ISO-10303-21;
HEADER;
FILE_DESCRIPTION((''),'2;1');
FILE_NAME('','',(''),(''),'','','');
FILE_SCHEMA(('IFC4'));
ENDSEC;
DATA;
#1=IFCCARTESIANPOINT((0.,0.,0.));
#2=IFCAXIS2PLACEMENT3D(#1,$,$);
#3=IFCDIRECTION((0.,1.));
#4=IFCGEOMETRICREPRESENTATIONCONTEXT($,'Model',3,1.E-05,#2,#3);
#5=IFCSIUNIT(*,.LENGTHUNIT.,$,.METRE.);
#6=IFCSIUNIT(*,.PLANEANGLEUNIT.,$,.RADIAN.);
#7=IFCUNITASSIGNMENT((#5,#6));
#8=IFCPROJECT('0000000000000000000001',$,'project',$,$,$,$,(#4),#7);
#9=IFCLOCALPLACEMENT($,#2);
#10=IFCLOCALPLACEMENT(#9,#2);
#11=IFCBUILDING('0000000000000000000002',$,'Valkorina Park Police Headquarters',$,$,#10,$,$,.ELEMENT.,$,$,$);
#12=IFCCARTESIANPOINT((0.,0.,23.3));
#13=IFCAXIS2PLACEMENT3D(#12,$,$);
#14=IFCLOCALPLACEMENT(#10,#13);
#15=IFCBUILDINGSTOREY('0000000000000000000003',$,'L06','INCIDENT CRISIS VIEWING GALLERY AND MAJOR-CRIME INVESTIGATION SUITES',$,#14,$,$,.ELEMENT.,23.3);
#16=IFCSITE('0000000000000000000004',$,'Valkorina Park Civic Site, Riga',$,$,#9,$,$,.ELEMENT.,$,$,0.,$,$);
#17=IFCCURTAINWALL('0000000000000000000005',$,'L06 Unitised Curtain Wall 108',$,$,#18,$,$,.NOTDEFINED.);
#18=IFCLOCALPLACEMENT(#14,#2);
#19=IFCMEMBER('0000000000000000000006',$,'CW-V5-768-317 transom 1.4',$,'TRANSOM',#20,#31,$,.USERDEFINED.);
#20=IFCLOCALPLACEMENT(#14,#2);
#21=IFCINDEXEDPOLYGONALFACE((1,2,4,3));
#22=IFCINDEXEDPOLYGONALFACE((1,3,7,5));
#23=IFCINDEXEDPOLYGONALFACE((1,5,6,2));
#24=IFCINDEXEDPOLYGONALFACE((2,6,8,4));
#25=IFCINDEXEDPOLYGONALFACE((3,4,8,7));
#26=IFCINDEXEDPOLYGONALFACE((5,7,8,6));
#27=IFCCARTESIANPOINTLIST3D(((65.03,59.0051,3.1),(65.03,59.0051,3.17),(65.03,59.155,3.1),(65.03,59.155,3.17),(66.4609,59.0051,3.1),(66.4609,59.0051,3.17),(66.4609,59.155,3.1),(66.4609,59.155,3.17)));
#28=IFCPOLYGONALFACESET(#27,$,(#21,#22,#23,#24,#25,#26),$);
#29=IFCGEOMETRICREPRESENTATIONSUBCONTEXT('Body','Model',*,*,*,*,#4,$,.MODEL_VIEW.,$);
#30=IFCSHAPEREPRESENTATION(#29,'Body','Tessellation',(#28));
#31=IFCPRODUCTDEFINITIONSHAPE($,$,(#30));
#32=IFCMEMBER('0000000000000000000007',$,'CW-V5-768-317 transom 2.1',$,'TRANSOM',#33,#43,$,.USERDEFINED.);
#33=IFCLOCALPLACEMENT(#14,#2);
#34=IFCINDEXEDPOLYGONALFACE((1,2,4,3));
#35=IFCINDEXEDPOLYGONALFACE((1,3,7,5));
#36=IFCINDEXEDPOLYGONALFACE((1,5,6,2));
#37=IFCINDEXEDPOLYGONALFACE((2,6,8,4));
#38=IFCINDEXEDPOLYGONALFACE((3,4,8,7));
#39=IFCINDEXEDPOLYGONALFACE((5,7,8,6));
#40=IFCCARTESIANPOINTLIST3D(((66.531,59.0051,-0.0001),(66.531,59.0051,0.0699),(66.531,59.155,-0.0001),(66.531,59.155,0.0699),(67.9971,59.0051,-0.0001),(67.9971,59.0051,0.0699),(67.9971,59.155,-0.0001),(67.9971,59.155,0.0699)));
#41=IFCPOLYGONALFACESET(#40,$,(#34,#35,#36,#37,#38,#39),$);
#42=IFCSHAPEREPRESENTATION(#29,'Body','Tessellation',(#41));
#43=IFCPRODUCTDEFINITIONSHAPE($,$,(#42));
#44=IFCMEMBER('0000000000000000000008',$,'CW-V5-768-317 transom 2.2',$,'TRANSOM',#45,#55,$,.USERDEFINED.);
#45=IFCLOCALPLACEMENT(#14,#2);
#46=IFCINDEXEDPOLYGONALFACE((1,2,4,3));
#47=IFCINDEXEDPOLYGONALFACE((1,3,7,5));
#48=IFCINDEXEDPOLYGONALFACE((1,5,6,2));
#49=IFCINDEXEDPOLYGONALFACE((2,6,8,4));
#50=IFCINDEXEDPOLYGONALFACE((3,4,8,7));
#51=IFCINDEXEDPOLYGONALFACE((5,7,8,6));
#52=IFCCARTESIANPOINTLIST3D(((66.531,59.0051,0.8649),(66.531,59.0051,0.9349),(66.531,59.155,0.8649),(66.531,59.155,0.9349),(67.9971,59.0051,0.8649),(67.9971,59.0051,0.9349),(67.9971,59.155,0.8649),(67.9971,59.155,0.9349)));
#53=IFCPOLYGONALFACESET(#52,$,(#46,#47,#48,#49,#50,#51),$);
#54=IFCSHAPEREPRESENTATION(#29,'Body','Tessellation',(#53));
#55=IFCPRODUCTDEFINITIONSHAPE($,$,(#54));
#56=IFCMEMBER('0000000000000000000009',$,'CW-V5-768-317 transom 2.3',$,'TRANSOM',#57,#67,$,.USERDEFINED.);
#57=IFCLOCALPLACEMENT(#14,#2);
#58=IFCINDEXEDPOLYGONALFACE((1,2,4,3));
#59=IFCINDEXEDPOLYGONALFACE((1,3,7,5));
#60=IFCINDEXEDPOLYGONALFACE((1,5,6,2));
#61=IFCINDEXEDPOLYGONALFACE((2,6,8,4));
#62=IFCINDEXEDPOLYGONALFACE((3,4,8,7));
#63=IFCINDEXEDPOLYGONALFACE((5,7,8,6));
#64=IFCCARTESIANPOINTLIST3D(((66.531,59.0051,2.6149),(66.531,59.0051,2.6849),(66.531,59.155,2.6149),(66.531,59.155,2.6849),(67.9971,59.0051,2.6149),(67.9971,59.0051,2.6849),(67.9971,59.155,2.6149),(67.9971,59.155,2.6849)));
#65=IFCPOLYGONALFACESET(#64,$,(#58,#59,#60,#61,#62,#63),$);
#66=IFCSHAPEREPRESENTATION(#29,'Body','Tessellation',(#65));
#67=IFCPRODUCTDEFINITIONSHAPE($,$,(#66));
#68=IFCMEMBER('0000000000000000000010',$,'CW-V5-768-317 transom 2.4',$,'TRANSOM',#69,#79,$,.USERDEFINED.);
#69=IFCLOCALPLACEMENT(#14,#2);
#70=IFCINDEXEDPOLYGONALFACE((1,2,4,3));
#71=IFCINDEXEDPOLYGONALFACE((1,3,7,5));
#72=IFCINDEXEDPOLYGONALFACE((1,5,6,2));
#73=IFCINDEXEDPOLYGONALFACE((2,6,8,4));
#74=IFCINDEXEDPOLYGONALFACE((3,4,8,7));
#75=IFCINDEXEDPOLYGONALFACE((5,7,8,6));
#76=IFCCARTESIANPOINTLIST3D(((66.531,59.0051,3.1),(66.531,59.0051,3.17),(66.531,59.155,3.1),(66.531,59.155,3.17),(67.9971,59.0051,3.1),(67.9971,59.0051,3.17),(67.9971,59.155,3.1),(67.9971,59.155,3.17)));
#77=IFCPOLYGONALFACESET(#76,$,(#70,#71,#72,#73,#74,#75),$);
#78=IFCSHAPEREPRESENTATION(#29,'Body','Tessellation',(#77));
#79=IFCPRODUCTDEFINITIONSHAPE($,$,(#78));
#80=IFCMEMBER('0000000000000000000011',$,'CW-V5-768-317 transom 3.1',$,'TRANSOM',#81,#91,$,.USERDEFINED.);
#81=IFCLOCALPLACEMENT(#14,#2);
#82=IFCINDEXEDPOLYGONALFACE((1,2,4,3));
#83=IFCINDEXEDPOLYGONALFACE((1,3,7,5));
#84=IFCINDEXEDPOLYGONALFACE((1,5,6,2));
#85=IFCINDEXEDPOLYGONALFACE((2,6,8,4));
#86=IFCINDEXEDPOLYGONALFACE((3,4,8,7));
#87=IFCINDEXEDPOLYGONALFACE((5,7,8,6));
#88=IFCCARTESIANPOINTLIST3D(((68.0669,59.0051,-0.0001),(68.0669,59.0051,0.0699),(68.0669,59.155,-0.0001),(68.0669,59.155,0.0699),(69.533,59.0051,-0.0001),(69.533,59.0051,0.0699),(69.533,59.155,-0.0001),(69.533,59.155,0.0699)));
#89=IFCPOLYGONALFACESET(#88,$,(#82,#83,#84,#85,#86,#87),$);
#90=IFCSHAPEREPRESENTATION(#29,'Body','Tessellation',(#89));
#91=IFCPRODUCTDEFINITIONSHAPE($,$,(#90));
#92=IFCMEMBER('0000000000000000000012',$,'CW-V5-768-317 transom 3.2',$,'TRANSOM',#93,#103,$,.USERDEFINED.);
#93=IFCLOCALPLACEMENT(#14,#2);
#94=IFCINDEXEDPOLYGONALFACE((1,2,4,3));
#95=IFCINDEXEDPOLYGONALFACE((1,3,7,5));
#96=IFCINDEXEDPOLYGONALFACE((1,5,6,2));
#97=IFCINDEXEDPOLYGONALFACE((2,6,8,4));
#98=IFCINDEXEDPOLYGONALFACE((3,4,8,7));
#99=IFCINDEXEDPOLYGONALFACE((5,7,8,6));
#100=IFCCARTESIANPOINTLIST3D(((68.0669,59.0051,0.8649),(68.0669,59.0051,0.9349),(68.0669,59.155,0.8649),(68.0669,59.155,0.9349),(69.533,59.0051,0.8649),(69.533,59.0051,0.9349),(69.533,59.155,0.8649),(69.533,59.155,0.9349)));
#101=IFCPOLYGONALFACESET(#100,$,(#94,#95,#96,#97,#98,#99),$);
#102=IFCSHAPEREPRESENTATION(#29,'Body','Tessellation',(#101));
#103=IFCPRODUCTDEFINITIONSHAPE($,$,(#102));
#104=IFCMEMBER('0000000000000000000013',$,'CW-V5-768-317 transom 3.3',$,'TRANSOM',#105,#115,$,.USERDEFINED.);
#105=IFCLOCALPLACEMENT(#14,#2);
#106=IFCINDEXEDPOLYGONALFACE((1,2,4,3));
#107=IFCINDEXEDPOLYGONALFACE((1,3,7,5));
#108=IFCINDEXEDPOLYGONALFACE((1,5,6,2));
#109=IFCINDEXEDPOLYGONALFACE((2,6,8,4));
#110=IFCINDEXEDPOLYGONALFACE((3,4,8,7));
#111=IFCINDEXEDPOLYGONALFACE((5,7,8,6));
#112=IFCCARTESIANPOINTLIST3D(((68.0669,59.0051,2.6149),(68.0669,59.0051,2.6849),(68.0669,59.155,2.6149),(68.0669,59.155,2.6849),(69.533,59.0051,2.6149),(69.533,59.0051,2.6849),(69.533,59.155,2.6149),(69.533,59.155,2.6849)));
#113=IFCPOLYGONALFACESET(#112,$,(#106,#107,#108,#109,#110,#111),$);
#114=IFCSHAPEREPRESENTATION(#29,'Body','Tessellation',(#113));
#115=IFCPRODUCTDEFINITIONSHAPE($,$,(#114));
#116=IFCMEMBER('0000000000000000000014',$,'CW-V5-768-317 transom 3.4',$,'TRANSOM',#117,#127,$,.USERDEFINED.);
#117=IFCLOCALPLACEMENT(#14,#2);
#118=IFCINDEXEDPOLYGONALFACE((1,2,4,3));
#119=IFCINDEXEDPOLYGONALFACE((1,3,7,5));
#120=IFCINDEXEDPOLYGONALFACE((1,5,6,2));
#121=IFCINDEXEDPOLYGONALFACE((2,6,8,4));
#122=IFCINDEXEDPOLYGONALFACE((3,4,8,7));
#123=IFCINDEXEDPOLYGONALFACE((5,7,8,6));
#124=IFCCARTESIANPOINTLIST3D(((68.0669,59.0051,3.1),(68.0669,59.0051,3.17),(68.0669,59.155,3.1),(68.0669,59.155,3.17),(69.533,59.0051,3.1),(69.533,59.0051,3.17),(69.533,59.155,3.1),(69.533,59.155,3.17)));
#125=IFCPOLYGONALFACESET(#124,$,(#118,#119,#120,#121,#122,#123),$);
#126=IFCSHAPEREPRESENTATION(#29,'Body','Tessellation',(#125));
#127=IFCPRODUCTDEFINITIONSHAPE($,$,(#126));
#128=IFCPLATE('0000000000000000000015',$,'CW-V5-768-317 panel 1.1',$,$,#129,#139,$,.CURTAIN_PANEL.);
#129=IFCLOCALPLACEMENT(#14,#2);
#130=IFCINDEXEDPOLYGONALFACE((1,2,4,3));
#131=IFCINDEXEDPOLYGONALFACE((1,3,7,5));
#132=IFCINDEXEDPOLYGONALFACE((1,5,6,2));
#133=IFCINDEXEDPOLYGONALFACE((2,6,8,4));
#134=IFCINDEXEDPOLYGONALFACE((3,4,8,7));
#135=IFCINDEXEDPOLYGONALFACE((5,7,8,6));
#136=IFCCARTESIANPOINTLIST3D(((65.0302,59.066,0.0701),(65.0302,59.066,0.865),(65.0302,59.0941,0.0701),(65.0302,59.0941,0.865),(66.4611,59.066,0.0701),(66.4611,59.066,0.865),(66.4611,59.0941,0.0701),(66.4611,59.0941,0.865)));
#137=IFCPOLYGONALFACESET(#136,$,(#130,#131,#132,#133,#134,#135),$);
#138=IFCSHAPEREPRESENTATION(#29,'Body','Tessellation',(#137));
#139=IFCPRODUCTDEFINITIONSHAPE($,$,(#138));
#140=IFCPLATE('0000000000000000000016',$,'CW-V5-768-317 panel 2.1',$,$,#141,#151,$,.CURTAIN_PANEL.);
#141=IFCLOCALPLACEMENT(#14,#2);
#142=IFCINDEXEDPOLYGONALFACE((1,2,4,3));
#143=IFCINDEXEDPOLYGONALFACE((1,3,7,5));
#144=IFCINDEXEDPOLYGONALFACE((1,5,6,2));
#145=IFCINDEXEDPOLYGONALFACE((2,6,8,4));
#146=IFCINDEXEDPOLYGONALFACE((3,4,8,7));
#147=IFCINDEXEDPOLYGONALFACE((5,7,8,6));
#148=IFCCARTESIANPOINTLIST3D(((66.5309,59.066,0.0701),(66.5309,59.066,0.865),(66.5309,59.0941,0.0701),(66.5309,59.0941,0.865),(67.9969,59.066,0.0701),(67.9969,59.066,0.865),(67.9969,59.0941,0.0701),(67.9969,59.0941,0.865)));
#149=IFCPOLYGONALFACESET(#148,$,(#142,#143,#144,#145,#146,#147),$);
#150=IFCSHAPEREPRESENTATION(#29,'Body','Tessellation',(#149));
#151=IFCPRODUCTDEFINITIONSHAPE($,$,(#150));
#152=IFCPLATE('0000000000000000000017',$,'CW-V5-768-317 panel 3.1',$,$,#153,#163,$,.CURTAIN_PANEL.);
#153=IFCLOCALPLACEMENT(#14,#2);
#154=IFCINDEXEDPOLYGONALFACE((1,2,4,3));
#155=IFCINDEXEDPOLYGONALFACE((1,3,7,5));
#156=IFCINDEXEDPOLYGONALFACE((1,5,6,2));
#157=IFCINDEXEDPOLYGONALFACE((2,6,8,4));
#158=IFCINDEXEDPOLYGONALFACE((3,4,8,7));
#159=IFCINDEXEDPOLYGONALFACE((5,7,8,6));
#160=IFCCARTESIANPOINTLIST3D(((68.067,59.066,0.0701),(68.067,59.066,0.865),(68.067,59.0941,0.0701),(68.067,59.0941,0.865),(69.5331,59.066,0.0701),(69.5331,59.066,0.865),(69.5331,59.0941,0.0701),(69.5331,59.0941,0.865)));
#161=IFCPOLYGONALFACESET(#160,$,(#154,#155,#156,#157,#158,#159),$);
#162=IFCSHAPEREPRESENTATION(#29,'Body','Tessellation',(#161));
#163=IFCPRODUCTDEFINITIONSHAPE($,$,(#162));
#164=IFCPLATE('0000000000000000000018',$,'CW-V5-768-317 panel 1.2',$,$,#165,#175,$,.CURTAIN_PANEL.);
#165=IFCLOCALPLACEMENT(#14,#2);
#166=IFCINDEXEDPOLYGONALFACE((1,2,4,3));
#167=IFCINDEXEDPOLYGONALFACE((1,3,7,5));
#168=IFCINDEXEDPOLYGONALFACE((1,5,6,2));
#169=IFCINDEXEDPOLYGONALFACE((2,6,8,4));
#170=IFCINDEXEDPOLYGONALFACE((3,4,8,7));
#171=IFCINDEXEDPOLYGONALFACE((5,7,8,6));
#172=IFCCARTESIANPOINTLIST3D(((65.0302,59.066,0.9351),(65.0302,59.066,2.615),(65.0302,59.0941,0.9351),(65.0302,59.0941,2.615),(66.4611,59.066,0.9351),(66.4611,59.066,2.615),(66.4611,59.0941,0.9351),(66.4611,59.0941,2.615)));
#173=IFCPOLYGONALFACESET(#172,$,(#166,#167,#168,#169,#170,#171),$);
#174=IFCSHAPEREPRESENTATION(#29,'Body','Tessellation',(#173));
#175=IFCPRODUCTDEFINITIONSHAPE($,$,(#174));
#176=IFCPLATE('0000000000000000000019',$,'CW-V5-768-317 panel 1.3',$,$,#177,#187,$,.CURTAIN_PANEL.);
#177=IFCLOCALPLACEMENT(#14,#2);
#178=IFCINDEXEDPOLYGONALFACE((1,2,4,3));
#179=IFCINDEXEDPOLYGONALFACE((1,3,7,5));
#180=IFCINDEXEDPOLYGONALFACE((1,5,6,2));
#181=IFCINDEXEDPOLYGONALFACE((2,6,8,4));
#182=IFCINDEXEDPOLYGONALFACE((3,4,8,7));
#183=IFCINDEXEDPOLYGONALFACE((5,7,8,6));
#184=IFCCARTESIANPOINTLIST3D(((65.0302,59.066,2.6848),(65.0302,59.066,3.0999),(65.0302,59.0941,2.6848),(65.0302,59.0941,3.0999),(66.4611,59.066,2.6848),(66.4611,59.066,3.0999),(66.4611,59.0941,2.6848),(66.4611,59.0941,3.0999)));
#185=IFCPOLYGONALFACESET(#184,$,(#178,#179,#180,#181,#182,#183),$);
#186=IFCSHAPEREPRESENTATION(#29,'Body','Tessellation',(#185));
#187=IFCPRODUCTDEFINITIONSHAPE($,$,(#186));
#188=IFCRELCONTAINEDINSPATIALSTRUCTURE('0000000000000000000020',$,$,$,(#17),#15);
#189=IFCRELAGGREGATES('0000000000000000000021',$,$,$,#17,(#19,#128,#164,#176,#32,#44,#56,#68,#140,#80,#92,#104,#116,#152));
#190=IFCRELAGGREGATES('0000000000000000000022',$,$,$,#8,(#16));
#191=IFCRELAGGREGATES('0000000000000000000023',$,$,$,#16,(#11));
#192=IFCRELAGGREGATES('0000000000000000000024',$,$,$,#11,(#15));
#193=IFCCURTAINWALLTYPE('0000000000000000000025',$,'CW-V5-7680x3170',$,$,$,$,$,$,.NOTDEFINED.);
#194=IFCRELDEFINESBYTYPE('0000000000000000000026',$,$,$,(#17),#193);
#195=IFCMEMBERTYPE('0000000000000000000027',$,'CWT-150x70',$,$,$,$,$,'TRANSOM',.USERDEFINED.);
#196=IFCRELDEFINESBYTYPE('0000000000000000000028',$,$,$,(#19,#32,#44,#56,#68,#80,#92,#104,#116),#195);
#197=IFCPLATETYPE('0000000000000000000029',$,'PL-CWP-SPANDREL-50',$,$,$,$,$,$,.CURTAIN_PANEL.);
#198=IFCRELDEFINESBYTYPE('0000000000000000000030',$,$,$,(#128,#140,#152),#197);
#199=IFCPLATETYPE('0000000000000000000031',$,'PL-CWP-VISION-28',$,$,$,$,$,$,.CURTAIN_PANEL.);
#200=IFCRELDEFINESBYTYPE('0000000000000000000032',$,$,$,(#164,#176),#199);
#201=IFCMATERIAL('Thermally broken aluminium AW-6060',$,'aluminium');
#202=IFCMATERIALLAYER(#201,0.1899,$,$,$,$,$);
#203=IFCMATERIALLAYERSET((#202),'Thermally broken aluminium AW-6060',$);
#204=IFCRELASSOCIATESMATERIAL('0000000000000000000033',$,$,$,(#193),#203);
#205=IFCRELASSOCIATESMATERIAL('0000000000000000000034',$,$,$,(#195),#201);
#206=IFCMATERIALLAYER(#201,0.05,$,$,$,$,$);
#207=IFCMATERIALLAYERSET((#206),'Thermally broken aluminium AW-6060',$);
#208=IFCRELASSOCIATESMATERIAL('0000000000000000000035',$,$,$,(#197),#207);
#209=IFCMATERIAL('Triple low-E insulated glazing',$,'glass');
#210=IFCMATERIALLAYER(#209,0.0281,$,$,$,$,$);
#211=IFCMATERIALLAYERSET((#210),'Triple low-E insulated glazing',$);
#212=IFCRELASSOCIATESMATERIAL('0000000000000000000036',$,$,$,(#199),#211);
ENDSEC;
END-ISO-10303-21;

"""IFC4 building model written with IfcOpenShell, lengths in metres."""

from ifc_helpers import new_model, si_unit, direction, frame, origin, origin_2d, place, context, subcontext, project, spatial, rectangle, extrude, material, layer, layer_set, material_profile, profile_set, type_object, element, aggregate, save


model = new_model("IFC4")

# Units and contexts
model_context = context("Model", 3, precision=1e-05, world=origin(), true_north=direction((0.0, 1.0)))
body_context = subcontext(model_context, "Body", "Model", "MODEL_VIEW")
ifc_project = project(units=[si_unit("LENGTHUNIT", "METRE"), si_unit("PLANEANGLEUNIT", "RADIAN")], contexts=[model_context])

# Site, building, storey
site_placement = place(None, origin())
site = spatial("IfcSite", under=ifc_project, at=site_placement, Name="Valkorina Park Civic Site, Riga", CompositionType="ELEMENT", RefElevation=0.0)
building_placement = place(site_placement, origin())
building = spatial("IfcBuilding", under=site, at=building_placement, Name="Valkorina Park Police Headquarters", CompositionType="ELEMENT")
storey_placement = place(building_placement, frame((0.0, 0.0, 23.3)))
storey = spatial("IfcBuildingStorey", under=building, at=storey_placement, Name="L06", Description="INCIDENT CRISIS VIEWING GALLERY AND MAJOR-CRIME INVESTIGATION SUITES", CompositionType="ELEMENT", Elevation=23.3)

# Shared definitions
ifc_material_1 = material(Name="Thermally broken aluminium AW-6060", Category="aluminium")
ifc_layer_1 = layer(ifc_material_1, 0.1899)
ifc_layer_set_1 = layer_set([ifc_layer_1], Name="Thermally broken aluminium AW-6060")
curtain_wall_type = type_object("IfcCurtainWallType", Name="CW-V5-7680x3170", PredefinedType="NOTDEFINED", material=ifc_layer_set_1)

# Curtain wall, members, plates
curtain_wall_1_placement = place(storey_placement, origin())
curtain_wall_1 = element("IfcCurtainWall", 1, at=curtain_wall_1_placement, inside=storey, type_object=curtain_wall_type, Name="L06 Unitised Curtain Wall 108", PredefinedType="NOTDEFINED")
ifc_material_profile_1 = material_profile(ifc_material_1, rectangle(XDim=0.1499, YDim=0.0701, at=origin_2d()), Name="CWT-02 150x70")
ifc_profile_set_1 = profile_set([ifc_material_profile_1], Name="Thermally broken aluminium AW-6060")
member_type_1 = type_object("IfcMemberType", Name="CWT-150x70", ElementType="TRANSOM", PredefinedType="USERDEFINED", material=ifc_profile_set_1)
member_1_placement = place(storey_placement, frame((65.03, 59.0801, 3.135), z_axis=(1.0, 0.0, 0.0), x_axis=(0.0, 1.0, 0.0)))
member_1 = element("IfcMember", 2, at=member_1_placement, type_object=member_type_1, Name="CW-V5-768-317 transom 1.4", ObjectType="TRANSOM", PredefinedType="USERDEFINED", context=body_context, shape_type="SweptSolid", body=[
    extrude(rectangle(XDim=0.1499, YDim=0.0701, at=origin_2d()), origin(), (0.0, 0.0, 1.0), 1.4309),
])
member_2_placement = place(storey_placement, frame((66.531, 59.0801, 0.0349), z_axis=(1.0, 0.0, 0.0), x_axis=(0.0, 1.0, 0.0)))
member_2 = element("IfcMember", 3, at=member_2_placement, type_object=member_type_1, Name="CW-V5-768-317 transom 2.1", ObjectType="TRANSOM", PredefinedType="USERDEFINED", context=body_context, shape_type="SweptSolid", body=[
    extrude(rectangle(XDim=0.1499, YDim=0.0701, at=origin_2d()), origin(), (0.0, 0.0, 1.0), 1.4661),
])
member_3_placement = place(storey_placement, frame((66.531, 59.0801, 0.8999), z_axis=(1.0, 0.0, 0.0), x_axis=(0.0, 1.0, 0.0)))
member_3 = element("IfcMember", 4, at=member_3_placement, type_object=member_type_1, Name="CW-V5-768-317 transom 2.2", ObjectType="TRANSOM", PredefinedType="USERDEFINED", context=body_context, shape_type="SweptSolid", body=[
    extrude(rectangle(XDim=0.1499, YDim=0.0701, at=origin_2d()), origin(), (0.0, 0.0, 1.0), 1.4661),
])
member_4_placement = place(storey_placement, frame((66.531, 59.0801, 2.6499), z_axis=(1.0, 0.0, 0.0), x_axis=(0.0, 1.0, 0.0)))
member_4 = element("IfcMember", 5, at=member_4_placement, type_object=member_type_1, Name="CW-V5-768-317 transom 2.3", ObjectType="TRANSOM", PredefinedType="USERDEFINED", context=body_context, shape_type="SweptSolid", body=[
    extrude(rectangle(XDim=0.1499, YDim=0.0701, at=origin_2d()), origin(), (0.0, 0.0, 1.0), 1.4661),
])
member_5_placement = place(storey_placement, frame((66.531, 59.0801, 3.135), z_axis=(1.0, 0.0, 0.0), x_axis=(0.0, 1.0, 0.0)))
member_5 = element("IfcMember", 6, at=member_5_placement, type_object=member_type_1, Name="CW-V5-768-317 transom 2.4", ObjectType="TRANSOM", PredefinedType="USERDEFINED", context=body_context, shape_type="SweptSolid", body=[
    extrude(rectangle(XDim=0.1499, YDim=0.0701, at=origin_2d()), origin(), (0.0, 0.0, 1.0), 1.4661),
])
member_6_placement = place(storey_placement, frame((68.0669, 59.0801, 0.0349), z_axis=(1.0, 0.0, 0.0), x_axis=(0.0, 1.0, 0.0)))
member_6 = element("IfcMember", 7, at=member_6_placement, type_object=member_type_1, Name="CW-V5-768-317 transom 3.1", ObjectType="TRANSOM", PredefinedType="USERDEFINED", context=body_context, shape_type="SweptSolid", body=[
    extrude(rectangle(XDim=0.1499, YDim=0.0701, at=origin_2d()), origin(), (0.0, 0.0, 1.0), 1.4661),
])
member_7_placement = place(storey_placement, frame((68.0669, 59.0801, 0.8999), z_axis=(1.0, 0.0, 0.0), x_axis=(0.0, 1.0, 0.0)))
member_7 = element("IfcMember", 8, at=member_7_placement, type_object=member_type_1, Name="CW-V5-768-317 transom 3.2", ObjectType="TRANSOM", PredefinedType="USERDEFINED", context=body_context, shape_type="SweptSolid", body=[
    extrude(rectangle(XDim=0.1499, YDim=0.0701, at=origin_2d()), origin(), (0.0, 0.0, 1.0), 1.4661),
])
member_8_placement = place(storey_placement, frame((68.0669, 59.0801, 2.6499), z_axis=(1.0, 0.0, 0.0), x_axis=(0.0, 1.0, 0.0)))
member_8 = element("IfcMember", 9, at=member_8_placement, type_object=member_type_1, Name="CW-V5-768-317 transom 3.3", ObjectType="TRANSOM", PredefinedType="USERDEFINED", context=body_context, shape_type="SweptSolid", body=[
    extrude(rectangle(XDim=0.1499, YDim=0.0701, at=origin_2d()), origin(), (0.0, 0.0, 1.0), 1.4661),
])
member_9_placement = place(storey_placement, frame((68.0669, 59.0801, 3.135), z_axis=(1.0, 0.0, 0.0), x_axis=(0.0, 1.0, 0.0)))
member_9 = element("IfcMember", 10, at=member_9_placement, type_object=member_type_1, Name="CW-V5-768-317 transom 3.4", ObjectType="TRANSOM", PredefinedType="USERDEFINED", context=body_context, shape_type="SweptSolid", body=[
    extrude(rectangle(XDim=0.1499, YDim=0.0701, at=origin_2d()), origin(), (0.0, 0.0, 1.0), 1.4661),
])
ifc_layer_2 = layer(ifc_material_1, 0.05)
ifc_layer_set_2 = layer_set([ifc_layer_2], Name="Thermally broken aluminium AW-6060")
plate_type_1 = type_object("IfcPlateType", Name="PL-CWP-SPANDREL-50", PredefinedType="CURTAIN_PANEL", material=ifc_layer_set_2)
plate_1_placement = place(storey_placement, frame((65.7456, 59.0801, 0.0701), z_axis=(0.0, 0.0, 1.0), x_axis=(1.0, 0.0, 0.0)))
plate_1 = element("IfcPlate", 11, at=plate_1_placement, type_object=plate_type_1, Name="CW-V5-768-317 panel 1.1", PredefinedType="CURTAIN_PANEL", context=body_context, shape_type="SweptSolid", body=[
    extrude(rectangle(XDim=1.4309, YDim=0.0281, at=origin_2d()), origin(), (0.0, 0.0, 1.0), 0.7949),
])
plate_2_placement = place(storey_placement, frame((67.2639, 59.0801, 0.0701), z_axis=(0.0, 0.0, 1.0), x_axis=(1.0, 0.0, 0.0)))
plate_2 = element("IfcPlate", 12, at=plate_2_placement, type_object=plate_type_1, Name="CW-V5-768-317 panel 2.1", PredefinedType="CURTAIN_PANEL", context=body_context, shape_type="SweptSolid", body=[
    extrude(rectangle(XDim=1.4661, YDim=0.0281, at=origin_2d()), origin(), (0.0, 0.0, 1.0), 0.7949),
])
plate_3_placement = place(storey_placement, frame((68.8, 59.0801, 0.0701), z_axis=(0.0, 0.0, 1.0), x_axis=(1.0, 0.0, 0.0)))
plate_3 = element("IfcPlate", 13, at=plate_3_placement, type_object=plate_type_1, Name="CW-V5-768-317 panel 3.1", PredefinedType="CURTAIN_PANEL", context=body_context, shape_type="SweptSolid", body=[
    extrude(rectangle(XDim=1.4661, YDim=0.0281, at=origin_2d()), origin(), (0.0, 0.0, 1.0), 0.7949),
])
ifc_material_2 = material(Name="Triple low-E insulated glazing", Category="glass")
ifc_layer_3 = layer(ifc_material_2, 0.0281)
ifc_layer_set_3 = layer_set([ifc_layer_3], Name="Triple low-E insulated glazing")
plate_type_2 = type_object("IfcPlateType", Name="PL-CWP-VISION-28", PredefinedType="CURTAIN_PANEL", material=ifc_layer_set_3)
plate_4_placement = place(storey_placement, frame((65.7456, 59.0801, 0.9351), z_axis=(0.0, 0.0, 1.0), x_axis=(1.0, 0.0, 0.0)))
plate_4 = element("IfcPlate", 14, at=plate_4_placement, type_object=plate_type_2, Name="CW-V5-768-317 panel 1.2", PredefinedType="CURTAIN_PANEL", context=body_context, shape_type="SweptSolid", body=[
    extrude(rectangle(XDim=1.4309, YDim=0.0281, at=origin_2d()), origin(), (0.0, 0.0, 1.0), 1.6799),
])
plate_5_placement = place(storey_placement, frame((65.7456, 59.0801, 2.6848), z_axis=(0.0, 0.0, 1.0), x_axis=(1.0, 0.0, 0.0)))
plate_5 = element("IfcPlate", 15, at=plate_5_placement, type_object=plate_type_2, Name="CW-V5-768-317 panel 1.3", PredefinedType="CURTAIN_PANEL", context=body_context, shape_type="SweptSolid", body=[
    extrude(rectangle(XDim=1.4309, YDim=0.0281, at=origin_2d()), origin(), (0.0, 0.0, 1.0), 0.415),
])
aggregate(curtain_wall_1, [member_1, plate_1, plate_4, plate_5, member_2, member_3, member_4, member_5, plate_2, member_6, member_7, member_8, member_9, plate_3])

save(model, "model.ifc")
